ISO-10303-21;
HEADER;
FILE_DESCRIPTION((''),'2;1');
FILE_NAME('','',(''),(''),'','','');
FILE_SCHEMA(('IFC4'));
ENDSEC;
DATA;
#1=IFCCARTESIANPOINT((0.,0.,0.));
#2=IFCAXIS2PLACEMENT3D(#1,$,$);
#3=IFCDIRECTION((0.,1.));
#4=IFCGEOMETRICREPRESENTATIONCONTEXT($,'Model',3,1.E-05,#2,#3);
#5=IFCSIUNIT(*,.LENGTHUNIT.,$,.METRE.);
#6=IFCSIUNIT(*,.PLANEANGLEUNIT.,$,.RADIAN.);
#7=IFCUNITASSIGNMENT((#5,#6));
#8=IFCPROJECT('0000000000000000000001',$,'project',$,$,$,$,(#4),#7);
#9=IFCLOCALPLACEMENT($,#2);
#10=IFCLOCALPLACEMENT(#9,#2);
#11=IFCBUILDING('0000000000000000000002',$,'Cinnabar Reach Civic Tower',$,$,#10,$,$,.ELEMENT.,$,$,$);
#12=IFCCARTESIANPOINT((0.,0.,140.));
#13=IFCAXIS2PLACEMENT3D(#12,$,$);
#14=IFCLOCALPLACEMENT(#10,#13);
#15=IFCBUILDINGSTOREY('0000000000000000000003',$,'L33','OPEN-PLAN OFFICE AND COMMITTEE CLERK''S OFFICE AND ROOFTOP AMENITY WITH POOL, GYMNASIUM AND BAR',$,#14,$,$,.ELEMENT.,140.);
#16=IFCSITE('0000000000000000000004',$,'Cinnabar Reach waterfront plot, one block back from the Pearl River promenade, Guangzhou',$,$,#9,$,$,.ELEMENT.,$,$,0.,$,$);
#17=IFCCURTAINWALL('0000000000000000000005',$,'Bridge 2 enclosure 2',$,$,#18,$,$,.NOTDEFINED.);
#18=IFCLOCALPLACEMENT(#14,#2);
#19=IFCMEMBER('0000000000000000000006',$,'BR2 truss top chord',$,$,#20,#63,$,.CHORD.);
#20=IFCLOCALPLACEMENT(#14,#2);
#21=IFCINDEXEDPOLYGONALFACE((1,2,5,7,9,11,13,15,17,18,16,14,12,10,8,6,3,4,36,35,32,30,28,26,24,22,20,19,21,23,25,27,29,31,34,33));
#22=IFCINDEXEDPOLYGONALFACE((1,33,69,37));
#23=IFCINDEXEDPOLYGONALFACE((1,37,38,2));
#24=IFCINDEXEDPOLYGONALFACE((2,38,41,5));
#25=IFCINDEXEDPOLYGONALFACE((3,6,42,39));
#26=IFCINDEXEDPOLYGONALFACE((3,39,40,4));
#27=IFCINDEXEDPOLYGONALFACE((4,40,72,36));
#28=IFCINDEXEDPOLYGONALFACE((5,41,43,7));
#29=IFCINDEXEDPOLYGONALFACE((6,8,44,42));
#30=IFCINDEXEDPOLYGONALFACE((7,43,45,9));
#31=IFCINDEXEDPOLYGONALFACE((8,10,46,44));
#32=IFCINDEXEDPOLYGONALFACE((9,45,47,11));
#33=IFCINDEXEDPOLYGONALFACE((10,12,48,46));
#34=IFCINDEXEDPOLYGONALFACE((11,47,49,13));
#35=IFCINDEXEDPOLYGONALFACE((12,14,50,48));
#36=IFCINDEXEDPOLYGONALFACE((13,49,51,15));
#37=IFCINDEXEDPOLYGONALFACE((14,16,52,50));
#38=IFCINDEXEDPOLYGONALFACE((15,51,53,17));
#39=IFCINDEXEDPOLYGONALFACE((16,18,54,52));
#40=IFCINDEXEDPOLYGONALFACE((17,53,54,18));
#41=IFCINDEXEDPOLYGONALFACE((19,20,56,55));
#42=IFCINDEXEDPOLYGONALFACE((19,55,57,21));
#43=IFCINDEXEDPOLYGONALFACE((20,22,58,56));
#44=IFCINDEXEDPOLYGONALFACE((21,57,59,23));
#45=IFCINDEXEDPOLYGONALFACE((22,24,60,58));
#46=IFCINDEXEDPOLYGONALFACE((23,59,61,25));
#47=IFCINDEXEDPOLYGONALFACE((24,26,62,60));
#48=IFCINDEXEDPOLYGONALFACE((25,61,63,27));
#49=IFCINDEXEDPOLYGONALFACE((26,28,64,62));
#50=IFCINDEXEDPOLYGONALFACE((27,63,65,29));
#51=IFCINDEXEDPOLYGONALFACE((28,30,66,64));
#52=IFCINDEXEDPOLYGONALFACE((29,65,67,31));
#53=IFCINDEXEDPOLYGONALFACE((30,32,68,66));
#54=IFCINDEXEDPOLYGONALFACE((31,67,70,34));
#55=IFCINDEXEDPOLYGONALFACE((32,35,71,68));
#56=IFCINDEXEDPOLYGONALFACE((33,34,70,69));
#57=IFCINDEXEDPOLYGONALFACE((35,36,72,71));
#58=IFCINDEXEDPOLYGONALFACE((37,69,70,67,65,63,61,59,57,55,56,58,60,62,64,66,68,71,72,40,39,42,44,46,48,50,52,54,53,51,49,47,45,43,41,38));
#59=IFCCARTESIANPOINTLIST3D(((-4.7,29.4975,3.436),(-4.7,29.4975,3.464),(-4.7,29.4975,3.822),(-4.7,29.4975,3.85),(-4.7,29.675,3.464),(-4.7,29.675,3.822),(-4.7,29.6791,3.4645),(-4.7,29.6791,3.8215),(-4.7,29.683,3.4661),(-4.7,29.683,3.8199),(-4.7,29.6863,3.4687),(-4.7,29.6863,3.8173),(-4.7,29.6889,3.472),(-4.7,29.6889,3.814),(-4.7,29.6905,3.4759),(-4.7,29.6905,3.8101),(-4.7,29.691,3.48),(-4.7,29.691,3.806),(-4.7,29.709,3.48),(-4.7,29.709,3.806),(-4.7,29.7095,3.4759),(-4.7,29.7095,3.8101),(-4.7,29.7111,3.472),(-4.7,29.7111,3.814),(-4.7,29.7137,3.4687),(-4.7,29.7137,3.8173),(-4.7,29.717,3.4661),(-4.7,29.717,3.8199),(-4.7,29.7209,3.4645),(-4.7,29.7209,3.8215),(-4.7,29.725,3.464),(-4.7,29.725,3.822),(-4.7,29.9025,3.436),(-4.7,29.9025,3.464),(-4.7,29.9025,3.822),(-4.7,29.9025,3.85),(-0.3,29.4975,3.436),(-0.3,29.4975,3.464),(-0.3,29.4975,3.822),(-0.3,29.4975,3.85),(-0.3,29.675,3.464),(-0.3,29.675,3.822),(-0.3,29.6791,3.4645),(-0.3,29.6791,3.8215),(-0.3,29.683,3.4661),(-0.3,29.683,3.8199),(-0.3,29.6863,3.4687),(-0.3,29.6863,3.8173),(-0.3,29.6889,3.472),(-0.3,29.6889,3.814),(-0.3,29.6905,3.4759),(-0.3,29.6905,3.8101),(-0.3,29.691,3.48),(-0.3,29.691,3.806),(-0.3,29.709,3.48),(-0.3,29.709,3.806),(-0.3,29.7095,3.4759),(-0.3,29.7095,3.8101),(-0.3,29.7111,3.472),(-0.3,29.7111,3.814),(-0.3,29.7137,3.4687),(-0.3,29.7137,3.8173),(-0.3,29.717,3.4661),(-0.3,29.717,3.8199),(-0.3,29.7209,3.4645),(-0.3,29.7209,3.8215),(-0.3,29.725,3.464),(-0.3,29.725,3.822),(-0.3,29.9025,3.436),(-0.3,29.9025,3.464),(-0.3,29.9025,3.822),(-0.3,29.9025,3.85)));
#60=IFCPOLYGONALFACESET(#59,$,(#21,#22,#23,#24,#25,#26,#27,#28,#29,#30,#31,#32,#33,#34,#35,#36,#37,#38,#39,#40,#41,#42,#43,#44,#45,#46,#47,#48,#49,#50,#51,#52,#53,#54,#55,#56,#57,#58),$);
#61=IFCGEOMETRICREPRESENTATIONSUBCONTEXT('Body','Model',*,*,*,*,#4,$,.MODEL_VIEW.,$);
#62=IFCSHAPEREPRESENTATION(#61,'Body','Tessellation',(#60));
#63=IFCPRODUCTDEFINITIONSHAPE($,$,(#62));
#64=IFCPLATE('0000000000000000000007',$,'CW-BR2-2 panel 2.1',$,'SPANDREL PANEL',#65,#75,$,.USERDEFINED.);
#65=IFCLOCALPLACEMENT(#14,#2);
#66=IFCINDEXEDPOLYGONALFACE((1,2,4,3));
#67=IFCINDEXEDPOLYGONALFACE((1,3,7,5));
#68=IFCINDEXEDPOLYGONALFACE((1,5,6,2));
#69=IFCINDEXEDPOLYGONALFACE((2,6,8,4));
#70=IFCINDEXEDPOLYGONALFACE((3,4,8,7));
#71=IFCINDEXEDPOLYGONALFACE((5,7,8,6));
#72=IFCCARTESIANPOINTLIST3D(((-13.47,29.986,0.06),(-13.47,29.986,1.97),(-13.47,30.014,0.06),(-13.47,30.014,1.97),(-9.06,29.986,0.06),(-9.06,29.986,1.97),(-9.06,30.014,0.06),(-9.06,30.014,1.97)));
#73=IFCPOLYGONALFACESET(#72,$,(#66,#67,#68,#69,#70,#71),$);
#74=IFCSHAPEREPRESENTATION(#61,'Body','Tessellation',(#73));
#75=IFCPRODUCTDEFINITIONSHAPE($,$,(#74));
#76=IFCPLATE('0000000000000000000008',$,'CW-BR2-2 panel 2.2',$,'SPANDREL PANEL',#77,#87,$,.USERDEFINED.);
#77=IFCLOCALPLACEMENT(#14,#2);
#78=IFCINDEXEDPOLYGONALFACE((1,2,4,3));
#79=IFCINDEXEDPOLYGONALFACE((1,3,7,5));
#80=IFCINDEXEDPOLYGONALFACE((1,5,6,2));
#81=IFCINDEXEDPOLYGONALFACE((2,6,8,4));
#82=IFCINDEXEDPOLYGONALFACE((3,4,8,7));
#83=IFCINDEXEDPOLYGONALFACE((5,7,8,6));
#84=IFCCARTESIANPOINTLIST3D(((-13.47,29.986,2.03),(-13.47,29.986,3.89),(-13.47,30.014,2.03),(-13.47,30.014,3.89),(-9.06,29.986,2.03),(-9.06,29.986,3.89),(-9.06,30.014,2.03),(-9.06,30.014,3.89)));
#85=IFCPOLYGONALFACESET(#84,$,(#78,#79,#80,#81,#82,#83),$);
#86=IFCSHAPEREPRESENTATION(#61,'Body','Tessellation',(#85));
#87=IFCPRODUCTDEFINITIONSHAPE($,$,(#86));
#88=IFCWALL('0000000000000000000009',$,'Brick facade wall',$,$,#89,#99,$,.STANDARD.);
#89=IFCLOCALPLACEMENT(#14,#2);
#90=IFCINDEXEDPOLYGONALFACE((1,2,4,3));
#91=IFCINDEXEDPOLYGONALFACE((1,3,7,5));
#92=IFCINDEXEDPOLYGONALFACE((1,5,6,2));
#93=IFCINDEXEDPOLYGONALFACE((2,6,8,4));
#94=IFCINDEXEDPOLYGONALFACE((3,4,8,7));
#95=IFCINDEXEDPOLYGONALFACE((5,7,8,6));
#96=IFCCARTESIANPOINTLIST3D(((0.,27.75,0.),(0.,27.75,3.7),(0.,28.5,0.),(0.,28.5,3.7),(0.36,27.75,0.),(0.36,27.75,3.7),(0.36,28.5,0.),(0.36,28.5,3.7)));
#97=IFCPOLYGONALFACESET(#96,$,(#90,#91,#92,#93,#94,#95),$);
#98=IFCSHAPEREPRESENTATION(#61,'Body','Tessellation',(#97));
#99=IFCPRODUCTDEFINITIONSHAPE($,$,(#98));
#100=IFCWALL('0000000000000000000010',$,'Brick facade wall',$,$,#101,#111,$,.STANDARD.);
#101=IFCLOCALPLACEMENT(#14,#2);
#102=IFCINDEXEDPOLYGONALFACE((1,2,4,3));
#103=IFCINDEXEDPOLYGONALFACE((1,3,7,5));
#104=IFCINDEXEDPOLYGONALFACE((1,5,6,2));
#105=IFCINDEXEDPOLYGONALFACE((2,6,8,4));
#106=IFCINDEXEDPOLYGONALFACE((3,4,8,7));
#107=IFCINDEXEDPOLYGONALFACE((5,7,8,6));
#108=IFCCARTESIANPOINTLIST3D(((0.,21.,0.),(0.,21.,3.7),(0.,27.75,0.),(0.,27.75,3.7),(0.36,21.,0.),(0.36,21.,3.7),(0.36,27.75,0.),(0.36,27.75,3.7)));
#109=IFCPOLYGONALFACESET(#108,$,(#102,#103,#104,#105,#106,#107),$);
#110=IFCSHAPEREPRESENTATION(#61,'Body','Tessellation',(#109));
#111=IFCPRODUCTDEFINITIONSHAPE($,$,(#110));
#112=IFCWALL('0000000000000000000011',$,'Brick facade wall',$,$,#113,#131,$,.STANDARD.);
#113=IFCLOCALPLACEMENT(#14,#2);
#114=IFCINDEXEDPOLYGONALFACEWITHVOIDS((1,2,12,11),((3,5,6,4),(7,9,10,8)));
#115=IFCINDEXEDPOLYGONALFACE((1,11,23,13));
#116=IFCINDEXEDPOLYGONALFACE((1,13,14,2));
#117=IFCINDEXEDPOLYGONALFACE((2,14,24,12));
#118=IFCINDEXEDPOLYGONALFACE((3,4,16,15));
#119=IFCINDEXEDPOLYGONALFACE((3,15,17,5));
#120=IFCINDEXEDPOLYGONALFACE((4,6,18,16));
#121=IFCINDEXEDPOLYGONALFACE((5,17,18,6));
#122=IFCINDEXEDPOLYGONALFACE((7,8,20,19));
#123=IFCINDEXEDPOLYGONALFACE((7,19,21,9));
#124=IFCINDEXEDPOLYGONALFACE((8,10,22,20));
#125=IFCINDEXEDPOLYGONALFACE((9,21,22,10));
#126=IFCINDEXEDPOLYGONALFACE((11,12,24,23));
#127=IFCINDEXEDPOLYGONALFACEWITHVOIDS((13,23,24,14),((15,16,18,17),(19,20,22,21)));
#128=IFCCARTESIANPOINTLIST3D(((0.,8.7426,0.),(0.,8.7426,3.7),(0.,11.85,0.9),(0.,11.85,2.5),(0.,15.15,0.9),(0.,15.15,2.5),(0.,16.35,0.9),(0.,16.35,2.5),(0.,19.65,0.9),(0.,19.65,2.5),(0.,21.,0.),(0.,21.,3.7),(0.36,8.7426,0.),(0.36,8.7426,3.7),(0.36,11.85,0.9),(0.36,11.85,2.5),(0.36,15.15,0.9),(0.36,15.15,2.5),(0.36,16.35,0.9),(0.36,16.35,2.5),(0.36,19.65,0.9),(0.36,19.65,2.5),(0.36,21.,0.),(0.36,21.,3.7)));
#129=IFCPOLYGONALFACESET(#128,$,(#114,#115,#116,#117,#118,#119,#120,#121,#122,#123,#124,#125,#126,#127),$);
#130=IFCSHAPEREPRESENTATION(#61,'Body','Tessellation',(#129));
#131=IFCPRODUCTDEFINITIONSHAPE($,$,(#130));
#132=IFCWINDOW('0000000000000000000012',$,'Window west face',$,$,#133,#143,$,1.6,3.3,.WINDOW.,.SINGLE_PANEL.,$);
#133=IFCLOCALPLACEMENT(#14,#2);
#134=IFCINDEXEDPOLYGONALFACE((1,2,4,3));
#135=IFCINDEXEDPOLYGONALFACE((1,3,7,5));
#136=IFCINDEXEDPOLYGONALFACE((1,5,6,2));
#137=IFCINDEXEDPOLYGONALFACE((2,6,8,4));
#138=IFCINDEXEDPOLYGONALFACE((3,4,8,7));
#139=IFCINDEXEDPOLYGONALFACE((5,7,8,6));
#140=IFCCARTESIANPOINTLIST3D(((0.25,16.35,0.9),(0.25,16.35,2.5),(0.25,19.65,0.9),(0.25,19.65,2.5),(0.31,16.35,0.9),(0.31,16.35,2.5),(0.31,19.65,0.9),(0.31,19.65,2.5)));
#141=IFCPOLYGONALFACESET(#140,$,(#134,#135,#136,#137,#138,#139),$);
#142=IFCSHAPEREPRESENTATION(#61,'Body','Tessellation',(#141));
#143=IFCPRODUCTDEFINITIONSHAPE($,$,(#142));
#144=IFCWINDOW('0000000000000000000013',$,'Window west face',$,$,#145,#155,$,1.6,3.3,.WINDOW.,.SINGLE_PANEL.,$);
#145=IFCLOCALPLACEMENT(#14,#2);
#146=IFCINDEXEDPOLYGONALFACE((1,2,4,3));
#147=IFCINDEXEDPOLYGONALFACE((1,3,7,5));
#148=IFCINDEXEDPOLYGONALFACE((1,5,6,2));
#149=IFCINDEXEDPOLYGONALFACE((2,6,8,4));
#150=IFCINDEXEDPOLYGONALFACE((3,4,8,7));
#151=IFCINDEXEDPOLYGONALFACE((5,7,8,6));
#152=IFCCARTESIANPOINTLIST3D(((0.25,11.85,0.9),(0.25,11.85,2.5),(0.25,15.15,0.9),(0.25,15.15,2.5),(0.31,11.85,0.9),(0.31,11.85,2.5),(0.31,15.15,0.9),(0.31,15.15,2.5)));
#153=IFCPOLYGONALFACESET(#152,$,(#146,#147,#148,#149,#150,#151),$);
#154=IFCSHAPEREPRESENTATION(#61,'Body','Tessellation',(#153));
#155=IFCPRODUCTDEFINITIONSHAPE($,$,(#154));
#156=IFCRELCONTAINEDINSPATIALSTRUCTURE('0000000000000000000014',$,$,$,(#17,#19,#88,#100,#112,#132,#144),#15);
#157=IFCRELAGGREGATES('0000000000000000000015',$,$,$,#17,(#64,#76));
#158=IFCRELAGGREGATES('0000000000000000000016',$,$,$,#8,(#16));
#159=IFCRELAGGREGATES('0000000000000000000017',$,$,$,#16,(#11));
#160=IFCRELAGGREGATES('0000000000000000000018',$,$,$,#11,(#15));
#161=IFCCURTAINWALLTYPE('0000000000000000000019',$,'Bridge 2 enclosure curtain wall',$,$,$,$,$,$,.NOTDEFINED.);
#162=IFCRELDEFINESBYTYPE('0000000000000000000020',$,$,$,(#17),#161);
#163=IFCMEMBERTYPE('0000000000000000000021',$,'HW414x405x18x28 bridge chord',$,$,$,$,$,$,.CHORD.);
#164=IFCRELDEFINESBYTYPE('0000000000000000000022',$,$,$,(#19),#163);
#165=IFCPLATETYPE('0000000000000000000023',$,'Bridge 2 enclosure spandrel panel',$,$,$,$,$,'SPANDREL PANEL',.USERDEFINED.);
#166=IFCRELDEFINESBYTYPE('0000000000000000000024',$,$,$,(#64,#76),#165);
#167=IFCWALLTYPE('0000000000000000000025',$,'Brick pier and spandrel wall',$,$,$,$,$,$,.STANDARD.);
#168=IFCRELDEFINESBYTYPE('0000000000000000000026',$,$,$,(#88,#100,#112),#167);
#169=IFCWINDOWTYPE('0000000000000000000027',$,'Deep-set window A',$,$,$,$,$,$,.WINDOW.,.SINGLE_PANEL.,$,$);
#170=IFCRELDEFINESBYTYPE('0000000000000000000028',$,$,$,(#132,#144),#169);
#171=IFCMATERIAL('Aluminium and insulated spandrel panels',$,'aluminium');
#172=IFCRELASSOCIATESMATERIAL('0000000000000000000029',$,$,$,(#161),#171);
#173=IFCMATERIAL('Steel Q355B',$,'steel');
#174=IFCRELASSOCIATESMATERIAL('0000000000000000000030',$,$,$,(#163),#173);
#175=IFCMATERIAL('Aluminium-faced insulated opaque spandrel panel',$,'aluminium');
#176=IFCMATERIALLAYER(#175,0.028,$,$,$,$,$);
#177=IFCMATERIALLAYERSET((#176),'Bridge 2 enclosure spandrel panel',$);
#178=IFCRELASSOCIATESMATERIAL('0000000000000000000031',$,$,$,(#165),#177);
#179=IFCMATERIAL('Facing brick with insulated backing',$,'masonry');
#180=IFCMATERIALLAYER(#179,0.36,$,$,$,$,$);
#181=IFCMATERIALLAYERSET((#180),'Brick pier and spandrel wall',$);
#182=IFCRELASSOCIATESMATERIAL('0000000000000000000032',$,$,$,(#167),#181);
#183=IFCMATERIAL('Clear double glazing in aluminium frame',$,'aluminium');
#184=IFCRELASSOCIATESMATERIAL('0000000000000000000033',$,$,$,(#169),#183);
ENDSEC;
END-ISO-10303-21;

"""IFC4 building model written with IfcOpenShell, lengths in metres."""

from ifc_helpers import new_model, si_unit, direction, frame, frame_2d, origin, origin_2d, place, context, subcontext, project, spatial, rectangle, i_section, extrude, material, layer, layer_set, material_profile, profile_set, type_object, element, fill, aggregate, save


model = new_model("IFC4")

# Units and contexts
model_context = context("Model", 3, precision=1e-05, world=origin(), true_north=direction((0.0, 1.0)))
body_context = subcontext(model_context, "Body", "Model", "MODEL_VIEW")
ifc_project = project(units=[si_unit("LENGTHUNIT", "METRE"), si_unit("PLANEANGLEUNIT", "RADIAN")], contexts=[model_context])

# Site, building, storey
site_placement = place(None, origin())
site = spatial("IfcSite", under=ifc_project, at=site_placement, Name="Cinnabar Reach waterfront plot, one block back from the Pearl River promenade, Guangzhou", CompositionType="ELEMENT", RefElevation=0.0)
building_placement = place(site_placement, origin())
building = spatial("IfcBuilding", under=site, at=building_placement, Name="Cinnabar Reach Civic Tower", CompositionType="ELEMENT")
storey_placement = place(building_placement, frame((0.0, 0.0, 140.0)))
storey = spatial("IfcBuildingStorey", under=building, at=storey_placement, Name="L33", Description="OPEN-PLAN OFFICE AND COMMITTEE CLERK'S OFFICE AND ROOFTOP AMENITY WITH POOL, GYMNASIUM AND BAR", CompositionType="ELEMENT", Elevation=140.0)

# Curtain wall
ifc_material_1 = material(Name="Aluminium and insulated spandrel panels", Category="aluminium")
curtain_wall_type = type_object("IfcCurtainWallType", Name="Bridge 2 enclosure curtain wall", PredefinedType="NOTDEFINED", material=ifc_material_1)
curtain_wall_placement = place(storey_placement, origin())
curtain_wall = element("IfcCurtainWall", 1, at=curtain_wall_placement, inside=storey, type_object=curtain_wall_type, Name="Bridge 2 enclosure 2", PredefinedType="NOTDEFINED")

# Shared definitions
ifc_material_2 = material(Name="Steel Q355B", Category="steel")

# Member
ifc_material_profile_1 = material_profile(ifc_material_2, i_section(OverallWidth=0.405, OverallDepth=0.414, WebThickness=0.018, FlangeThickness=0.028, FilletRadius=0.016, at=origin_2d()), Name="HW414x405x18x28")
ifc_profile_set_1 = profile_set([ifc_material_profile_1], Name="Steel Q355B")
member_type_1 = type_object("IfcMemberType", Name="HW414x405x18x28 bridge chord", PredefinedType="CHORD", material=ifc_profile_set_1)
for number, where, z_axis, x_axis, name in (
    (2, (-4.7, 29.7, 3.643), (1.0, 0.0, 0.0), (0.0, 1.0, 0.0), "BR2 truss top chord"),
):
    element("IfcMember", number, at=place(storey_placement, frame(where, z_axis=z_axis, x_axis=x_axis)), inside=storey, type_object=member_type_1, Name=name, PredefinedType="CHORD", context=body_context, shape_type="SweptSolid", body=[
        extrude(i_section(OverallWidth=0.405, OverallDepth=0.414, WebThickness=0.018, FlangeThickness=0.028, FilletRadius=0.016, at=origin_2d()), origin(), (0.0, 0.0, 1.0), 4.4),
    ])

# Plates
ifc_material_3 = material(Name="Aluminium-faced insulated opaque spandrel panel", Category="aluminium")
ifc_layer_1 = layer(ifc_material_3, 0.028)
ifc_layer_set_1 = layer_set([ifc_layer_1], Name="Bridge 2 enclosure spandrel panel")
plate_type = type_object("IfcPlateType", Name="Bridge 2 enclosure spandrel panel", ElementType="SPANDREL PANEL", PredefinedType="USERDEFINED", material=ifc_layer_set_1)
plate_1_placement = place(storey_placement, frame((-11.265, 30.0, 0.06), z_axis=(0.0, 0.0, 1.0), x_axis=(1.0, 0.0, 0.0)))
plate_1 = element("IfcPlate", 3, at=plate_1_placement, type_object=plate_type, Name="CW-BR2-2 panel 2.1", ObjectType="SPANDREL PANEL", PredefinedType="USERDEFINED", context=body_context, shape_type="SweptSolid", body=[
    extrude(rectangle(XDim=4.41, YDim=0.028, at=origin_2d()), origin(), (0.0, 0.0, 1.0), 1.91),
])
plate_2_placement = place(storey_placement, frame((-11.265, 30.0, 2.03), z_axis=(0.0, 0.0, 1.0), x_axis=(1.0, 0.0, 0.0)))
plate_2 = element("IfcPlate", 4, at=plate_2_placement, type_object=plate_type, Name="CW-BR2-2 panel 2.2", ObjectType="SPANDREL PANEL", PredefinedType="USERDEFINED", context=body_context, shape_type="SweptSolid", body=[
    extrude(rectangle(XDim=4.41, YDim=0.028, at=origin_2d()), origin(), (0.0, 0.0, 1.0), 1.86),
])
aggregate(curtain_wall, [plate_1, plate_2])

# Walls
ifc_material_4 = material(Name="Facing brick with insulated backing", Category="masonry")
ifc_layer_2 = layer(ifc_material_4, 0.36)
ifc_layer_set_2 = layer_set([ifc_layer_2], Name="Brick pier and spandrel wall")
wall_type = type_object("IfcWallType", Name="Brick pier and spandrel wall", PredefinedType="STANDARD", material=ifc_layer_set_2)
wall_1_placement = place(storey_placement, frame((0.18, 28.5, 0.0), z_axis=(0.0, 0.0, 1.0), x_axis=(0.0, -1.0, 0.0)))
element("IfcWall", 5, at=wall_1_placement, inside=storey, type_object=wall_type, Name="Brick facade wall", PredefinedType="STANDARD", context=body_context, shape_type="SweptSolid", body=[
    extrude(rectangle(XDim=0.75, YDim=0.36, at=frame_2d((0.375, 0.0))), origin(), (0.0, 0.0, 1.0), 3.7),
])
wall_2_placement = place(storey_placement, frame((0.18, 27.75, 0.0), z_axis=(0.0, 0.0, 1.0), x_axis=(0.0, -1.0, 0.0)))
element("IfcWall", 6, at=wall_2_placement, inside=storey, type_object=wall_type, Name="Brick facade wall", PredefinedType="STANDARD", context=body_context, shape_type="SweptSolid", body=[
    extrude(rectangle(XDim=6.75, YDim=0.36, at=frame_2d((3.375, 0.0))), origin(), (0.0, 0.0, 1.0), 3.7),
])

# Wall, openings, windows
wall_3_placement = place(storey_placement, frame((0.18, 21.0, 0.0), z_axis=(0.0, 0.0, 1.0), x_axis=(0.0, -1.0, 0.0)))
wall_3 = element("IfcWall", 7, at=wall_3_placement, inside=storey, type_object=wall_type, Name="Brick facade wall", PredefinedType="STANDARD", context=body_context, shape_type="SweptSolid", body=[
    extrude(rectangle(XDim=12.2574, YDim=0.36, at=frame_2d((6.1287, 0.0))), origin(), (0.0, 0.0, 1.0), 3.7),
])
opening_1_placement = place(wall_3_placement, frame((1.35, 0.0, 0.9)))
opening_1 = element("IfcOpeningElement", 8, at=opening_1_placement, cuts=wall_3, PredefinedType="OPENING", context=body_context, shape_type="SweptSolid", body=[
    extrude(rectangle(XDim=3.3, YDim=1.6, at=frame_2d((1.65, 0.8))), frame((0.0, 0.19, 0.0), z_axis=(0.0, -1.0, 0.0), x_axis=(1.0, 0.0, 0.0)), (0.0, 0.0, 1.0), 0.38),
])
opening_2_placement = place(wall_3_placement, frame((5.85, 0.0, 0.9)))
opening_2 = element("IfcOpeningElement", 9, at=opening_2_placement, cuts=wall_3, PredefinedType="OPENING", context=body_context, shape_type="SweptSolid", body=[
    extrude(rectangle(XDim=3.3, YDim=1.6, at=frame_2d((1.65, 0.8))), frame((0.0, 0.19, 0.0), z_axis=(0.0, -1.0, 0.0), x_axis=(1.0, 0.0, 0.0)), (0.0, 0.0, 1.0), 0.38),
])
ifc_material_5 = material(Name="Clear double glazing in aluminium frame", Category="aluminium")
window_type = type_object("IfcWindowType", Name="Deep-set window A", PartitioningType="SINGLE_PANEL", PredefinedType="WINDOW", material=ifc_material_5)
window_1_placement = place(opening_1_placement, origin())
window_1 = element("IfcWindow", 10, at=window_1_placement, inside=storey, type_object=window_type, Name="Window west face", OverallHeight=1.6, OverallWidth=3.3, PartitioningType="SINGLE_PANEL", PredefinedType="WINDOW", context=body_context, shape_type="SweptSolid", body=[
    extrude(rectangle(XDim=3.3, YDim=1.6, at=frame_2d((1.65, 0.8))), frame((0.0, 0.13, 0.0), z_axis=(0.0, -1.0, 0.0), x_axis=(1.0, 0.0, 0.0)), (0.0, 0.0, 1.0), 0.06),
])
fill(opening_1, window_1)
window_2_placement = place(opening_2_placement, origin())
window_2 = element("IfcWindow", 11, at=window_2_placement, inside=storey, type_object=window_type, Name="Window west face", OverallHeight=1.6, OverallWidth=3.3, PartitioningType="SINGLE_PANEL", PredefinedType="WINDOW", context=body_context, shape_type="SweptSolid", body=[
    extrude(rectangle(XDim=3.3, YDim=1.6, at=frame_2d((1.65, 0.8))), frame((0.0, 0.13, 0.0), z_axis=(0.0, -1.0, 0.0), x_axis=(1.0, 0.0, 0.0)), (0.0, 0.0, 1.0), 0.06),
])
fill(opening_2, window_2)

save(model, "model.ifc")
